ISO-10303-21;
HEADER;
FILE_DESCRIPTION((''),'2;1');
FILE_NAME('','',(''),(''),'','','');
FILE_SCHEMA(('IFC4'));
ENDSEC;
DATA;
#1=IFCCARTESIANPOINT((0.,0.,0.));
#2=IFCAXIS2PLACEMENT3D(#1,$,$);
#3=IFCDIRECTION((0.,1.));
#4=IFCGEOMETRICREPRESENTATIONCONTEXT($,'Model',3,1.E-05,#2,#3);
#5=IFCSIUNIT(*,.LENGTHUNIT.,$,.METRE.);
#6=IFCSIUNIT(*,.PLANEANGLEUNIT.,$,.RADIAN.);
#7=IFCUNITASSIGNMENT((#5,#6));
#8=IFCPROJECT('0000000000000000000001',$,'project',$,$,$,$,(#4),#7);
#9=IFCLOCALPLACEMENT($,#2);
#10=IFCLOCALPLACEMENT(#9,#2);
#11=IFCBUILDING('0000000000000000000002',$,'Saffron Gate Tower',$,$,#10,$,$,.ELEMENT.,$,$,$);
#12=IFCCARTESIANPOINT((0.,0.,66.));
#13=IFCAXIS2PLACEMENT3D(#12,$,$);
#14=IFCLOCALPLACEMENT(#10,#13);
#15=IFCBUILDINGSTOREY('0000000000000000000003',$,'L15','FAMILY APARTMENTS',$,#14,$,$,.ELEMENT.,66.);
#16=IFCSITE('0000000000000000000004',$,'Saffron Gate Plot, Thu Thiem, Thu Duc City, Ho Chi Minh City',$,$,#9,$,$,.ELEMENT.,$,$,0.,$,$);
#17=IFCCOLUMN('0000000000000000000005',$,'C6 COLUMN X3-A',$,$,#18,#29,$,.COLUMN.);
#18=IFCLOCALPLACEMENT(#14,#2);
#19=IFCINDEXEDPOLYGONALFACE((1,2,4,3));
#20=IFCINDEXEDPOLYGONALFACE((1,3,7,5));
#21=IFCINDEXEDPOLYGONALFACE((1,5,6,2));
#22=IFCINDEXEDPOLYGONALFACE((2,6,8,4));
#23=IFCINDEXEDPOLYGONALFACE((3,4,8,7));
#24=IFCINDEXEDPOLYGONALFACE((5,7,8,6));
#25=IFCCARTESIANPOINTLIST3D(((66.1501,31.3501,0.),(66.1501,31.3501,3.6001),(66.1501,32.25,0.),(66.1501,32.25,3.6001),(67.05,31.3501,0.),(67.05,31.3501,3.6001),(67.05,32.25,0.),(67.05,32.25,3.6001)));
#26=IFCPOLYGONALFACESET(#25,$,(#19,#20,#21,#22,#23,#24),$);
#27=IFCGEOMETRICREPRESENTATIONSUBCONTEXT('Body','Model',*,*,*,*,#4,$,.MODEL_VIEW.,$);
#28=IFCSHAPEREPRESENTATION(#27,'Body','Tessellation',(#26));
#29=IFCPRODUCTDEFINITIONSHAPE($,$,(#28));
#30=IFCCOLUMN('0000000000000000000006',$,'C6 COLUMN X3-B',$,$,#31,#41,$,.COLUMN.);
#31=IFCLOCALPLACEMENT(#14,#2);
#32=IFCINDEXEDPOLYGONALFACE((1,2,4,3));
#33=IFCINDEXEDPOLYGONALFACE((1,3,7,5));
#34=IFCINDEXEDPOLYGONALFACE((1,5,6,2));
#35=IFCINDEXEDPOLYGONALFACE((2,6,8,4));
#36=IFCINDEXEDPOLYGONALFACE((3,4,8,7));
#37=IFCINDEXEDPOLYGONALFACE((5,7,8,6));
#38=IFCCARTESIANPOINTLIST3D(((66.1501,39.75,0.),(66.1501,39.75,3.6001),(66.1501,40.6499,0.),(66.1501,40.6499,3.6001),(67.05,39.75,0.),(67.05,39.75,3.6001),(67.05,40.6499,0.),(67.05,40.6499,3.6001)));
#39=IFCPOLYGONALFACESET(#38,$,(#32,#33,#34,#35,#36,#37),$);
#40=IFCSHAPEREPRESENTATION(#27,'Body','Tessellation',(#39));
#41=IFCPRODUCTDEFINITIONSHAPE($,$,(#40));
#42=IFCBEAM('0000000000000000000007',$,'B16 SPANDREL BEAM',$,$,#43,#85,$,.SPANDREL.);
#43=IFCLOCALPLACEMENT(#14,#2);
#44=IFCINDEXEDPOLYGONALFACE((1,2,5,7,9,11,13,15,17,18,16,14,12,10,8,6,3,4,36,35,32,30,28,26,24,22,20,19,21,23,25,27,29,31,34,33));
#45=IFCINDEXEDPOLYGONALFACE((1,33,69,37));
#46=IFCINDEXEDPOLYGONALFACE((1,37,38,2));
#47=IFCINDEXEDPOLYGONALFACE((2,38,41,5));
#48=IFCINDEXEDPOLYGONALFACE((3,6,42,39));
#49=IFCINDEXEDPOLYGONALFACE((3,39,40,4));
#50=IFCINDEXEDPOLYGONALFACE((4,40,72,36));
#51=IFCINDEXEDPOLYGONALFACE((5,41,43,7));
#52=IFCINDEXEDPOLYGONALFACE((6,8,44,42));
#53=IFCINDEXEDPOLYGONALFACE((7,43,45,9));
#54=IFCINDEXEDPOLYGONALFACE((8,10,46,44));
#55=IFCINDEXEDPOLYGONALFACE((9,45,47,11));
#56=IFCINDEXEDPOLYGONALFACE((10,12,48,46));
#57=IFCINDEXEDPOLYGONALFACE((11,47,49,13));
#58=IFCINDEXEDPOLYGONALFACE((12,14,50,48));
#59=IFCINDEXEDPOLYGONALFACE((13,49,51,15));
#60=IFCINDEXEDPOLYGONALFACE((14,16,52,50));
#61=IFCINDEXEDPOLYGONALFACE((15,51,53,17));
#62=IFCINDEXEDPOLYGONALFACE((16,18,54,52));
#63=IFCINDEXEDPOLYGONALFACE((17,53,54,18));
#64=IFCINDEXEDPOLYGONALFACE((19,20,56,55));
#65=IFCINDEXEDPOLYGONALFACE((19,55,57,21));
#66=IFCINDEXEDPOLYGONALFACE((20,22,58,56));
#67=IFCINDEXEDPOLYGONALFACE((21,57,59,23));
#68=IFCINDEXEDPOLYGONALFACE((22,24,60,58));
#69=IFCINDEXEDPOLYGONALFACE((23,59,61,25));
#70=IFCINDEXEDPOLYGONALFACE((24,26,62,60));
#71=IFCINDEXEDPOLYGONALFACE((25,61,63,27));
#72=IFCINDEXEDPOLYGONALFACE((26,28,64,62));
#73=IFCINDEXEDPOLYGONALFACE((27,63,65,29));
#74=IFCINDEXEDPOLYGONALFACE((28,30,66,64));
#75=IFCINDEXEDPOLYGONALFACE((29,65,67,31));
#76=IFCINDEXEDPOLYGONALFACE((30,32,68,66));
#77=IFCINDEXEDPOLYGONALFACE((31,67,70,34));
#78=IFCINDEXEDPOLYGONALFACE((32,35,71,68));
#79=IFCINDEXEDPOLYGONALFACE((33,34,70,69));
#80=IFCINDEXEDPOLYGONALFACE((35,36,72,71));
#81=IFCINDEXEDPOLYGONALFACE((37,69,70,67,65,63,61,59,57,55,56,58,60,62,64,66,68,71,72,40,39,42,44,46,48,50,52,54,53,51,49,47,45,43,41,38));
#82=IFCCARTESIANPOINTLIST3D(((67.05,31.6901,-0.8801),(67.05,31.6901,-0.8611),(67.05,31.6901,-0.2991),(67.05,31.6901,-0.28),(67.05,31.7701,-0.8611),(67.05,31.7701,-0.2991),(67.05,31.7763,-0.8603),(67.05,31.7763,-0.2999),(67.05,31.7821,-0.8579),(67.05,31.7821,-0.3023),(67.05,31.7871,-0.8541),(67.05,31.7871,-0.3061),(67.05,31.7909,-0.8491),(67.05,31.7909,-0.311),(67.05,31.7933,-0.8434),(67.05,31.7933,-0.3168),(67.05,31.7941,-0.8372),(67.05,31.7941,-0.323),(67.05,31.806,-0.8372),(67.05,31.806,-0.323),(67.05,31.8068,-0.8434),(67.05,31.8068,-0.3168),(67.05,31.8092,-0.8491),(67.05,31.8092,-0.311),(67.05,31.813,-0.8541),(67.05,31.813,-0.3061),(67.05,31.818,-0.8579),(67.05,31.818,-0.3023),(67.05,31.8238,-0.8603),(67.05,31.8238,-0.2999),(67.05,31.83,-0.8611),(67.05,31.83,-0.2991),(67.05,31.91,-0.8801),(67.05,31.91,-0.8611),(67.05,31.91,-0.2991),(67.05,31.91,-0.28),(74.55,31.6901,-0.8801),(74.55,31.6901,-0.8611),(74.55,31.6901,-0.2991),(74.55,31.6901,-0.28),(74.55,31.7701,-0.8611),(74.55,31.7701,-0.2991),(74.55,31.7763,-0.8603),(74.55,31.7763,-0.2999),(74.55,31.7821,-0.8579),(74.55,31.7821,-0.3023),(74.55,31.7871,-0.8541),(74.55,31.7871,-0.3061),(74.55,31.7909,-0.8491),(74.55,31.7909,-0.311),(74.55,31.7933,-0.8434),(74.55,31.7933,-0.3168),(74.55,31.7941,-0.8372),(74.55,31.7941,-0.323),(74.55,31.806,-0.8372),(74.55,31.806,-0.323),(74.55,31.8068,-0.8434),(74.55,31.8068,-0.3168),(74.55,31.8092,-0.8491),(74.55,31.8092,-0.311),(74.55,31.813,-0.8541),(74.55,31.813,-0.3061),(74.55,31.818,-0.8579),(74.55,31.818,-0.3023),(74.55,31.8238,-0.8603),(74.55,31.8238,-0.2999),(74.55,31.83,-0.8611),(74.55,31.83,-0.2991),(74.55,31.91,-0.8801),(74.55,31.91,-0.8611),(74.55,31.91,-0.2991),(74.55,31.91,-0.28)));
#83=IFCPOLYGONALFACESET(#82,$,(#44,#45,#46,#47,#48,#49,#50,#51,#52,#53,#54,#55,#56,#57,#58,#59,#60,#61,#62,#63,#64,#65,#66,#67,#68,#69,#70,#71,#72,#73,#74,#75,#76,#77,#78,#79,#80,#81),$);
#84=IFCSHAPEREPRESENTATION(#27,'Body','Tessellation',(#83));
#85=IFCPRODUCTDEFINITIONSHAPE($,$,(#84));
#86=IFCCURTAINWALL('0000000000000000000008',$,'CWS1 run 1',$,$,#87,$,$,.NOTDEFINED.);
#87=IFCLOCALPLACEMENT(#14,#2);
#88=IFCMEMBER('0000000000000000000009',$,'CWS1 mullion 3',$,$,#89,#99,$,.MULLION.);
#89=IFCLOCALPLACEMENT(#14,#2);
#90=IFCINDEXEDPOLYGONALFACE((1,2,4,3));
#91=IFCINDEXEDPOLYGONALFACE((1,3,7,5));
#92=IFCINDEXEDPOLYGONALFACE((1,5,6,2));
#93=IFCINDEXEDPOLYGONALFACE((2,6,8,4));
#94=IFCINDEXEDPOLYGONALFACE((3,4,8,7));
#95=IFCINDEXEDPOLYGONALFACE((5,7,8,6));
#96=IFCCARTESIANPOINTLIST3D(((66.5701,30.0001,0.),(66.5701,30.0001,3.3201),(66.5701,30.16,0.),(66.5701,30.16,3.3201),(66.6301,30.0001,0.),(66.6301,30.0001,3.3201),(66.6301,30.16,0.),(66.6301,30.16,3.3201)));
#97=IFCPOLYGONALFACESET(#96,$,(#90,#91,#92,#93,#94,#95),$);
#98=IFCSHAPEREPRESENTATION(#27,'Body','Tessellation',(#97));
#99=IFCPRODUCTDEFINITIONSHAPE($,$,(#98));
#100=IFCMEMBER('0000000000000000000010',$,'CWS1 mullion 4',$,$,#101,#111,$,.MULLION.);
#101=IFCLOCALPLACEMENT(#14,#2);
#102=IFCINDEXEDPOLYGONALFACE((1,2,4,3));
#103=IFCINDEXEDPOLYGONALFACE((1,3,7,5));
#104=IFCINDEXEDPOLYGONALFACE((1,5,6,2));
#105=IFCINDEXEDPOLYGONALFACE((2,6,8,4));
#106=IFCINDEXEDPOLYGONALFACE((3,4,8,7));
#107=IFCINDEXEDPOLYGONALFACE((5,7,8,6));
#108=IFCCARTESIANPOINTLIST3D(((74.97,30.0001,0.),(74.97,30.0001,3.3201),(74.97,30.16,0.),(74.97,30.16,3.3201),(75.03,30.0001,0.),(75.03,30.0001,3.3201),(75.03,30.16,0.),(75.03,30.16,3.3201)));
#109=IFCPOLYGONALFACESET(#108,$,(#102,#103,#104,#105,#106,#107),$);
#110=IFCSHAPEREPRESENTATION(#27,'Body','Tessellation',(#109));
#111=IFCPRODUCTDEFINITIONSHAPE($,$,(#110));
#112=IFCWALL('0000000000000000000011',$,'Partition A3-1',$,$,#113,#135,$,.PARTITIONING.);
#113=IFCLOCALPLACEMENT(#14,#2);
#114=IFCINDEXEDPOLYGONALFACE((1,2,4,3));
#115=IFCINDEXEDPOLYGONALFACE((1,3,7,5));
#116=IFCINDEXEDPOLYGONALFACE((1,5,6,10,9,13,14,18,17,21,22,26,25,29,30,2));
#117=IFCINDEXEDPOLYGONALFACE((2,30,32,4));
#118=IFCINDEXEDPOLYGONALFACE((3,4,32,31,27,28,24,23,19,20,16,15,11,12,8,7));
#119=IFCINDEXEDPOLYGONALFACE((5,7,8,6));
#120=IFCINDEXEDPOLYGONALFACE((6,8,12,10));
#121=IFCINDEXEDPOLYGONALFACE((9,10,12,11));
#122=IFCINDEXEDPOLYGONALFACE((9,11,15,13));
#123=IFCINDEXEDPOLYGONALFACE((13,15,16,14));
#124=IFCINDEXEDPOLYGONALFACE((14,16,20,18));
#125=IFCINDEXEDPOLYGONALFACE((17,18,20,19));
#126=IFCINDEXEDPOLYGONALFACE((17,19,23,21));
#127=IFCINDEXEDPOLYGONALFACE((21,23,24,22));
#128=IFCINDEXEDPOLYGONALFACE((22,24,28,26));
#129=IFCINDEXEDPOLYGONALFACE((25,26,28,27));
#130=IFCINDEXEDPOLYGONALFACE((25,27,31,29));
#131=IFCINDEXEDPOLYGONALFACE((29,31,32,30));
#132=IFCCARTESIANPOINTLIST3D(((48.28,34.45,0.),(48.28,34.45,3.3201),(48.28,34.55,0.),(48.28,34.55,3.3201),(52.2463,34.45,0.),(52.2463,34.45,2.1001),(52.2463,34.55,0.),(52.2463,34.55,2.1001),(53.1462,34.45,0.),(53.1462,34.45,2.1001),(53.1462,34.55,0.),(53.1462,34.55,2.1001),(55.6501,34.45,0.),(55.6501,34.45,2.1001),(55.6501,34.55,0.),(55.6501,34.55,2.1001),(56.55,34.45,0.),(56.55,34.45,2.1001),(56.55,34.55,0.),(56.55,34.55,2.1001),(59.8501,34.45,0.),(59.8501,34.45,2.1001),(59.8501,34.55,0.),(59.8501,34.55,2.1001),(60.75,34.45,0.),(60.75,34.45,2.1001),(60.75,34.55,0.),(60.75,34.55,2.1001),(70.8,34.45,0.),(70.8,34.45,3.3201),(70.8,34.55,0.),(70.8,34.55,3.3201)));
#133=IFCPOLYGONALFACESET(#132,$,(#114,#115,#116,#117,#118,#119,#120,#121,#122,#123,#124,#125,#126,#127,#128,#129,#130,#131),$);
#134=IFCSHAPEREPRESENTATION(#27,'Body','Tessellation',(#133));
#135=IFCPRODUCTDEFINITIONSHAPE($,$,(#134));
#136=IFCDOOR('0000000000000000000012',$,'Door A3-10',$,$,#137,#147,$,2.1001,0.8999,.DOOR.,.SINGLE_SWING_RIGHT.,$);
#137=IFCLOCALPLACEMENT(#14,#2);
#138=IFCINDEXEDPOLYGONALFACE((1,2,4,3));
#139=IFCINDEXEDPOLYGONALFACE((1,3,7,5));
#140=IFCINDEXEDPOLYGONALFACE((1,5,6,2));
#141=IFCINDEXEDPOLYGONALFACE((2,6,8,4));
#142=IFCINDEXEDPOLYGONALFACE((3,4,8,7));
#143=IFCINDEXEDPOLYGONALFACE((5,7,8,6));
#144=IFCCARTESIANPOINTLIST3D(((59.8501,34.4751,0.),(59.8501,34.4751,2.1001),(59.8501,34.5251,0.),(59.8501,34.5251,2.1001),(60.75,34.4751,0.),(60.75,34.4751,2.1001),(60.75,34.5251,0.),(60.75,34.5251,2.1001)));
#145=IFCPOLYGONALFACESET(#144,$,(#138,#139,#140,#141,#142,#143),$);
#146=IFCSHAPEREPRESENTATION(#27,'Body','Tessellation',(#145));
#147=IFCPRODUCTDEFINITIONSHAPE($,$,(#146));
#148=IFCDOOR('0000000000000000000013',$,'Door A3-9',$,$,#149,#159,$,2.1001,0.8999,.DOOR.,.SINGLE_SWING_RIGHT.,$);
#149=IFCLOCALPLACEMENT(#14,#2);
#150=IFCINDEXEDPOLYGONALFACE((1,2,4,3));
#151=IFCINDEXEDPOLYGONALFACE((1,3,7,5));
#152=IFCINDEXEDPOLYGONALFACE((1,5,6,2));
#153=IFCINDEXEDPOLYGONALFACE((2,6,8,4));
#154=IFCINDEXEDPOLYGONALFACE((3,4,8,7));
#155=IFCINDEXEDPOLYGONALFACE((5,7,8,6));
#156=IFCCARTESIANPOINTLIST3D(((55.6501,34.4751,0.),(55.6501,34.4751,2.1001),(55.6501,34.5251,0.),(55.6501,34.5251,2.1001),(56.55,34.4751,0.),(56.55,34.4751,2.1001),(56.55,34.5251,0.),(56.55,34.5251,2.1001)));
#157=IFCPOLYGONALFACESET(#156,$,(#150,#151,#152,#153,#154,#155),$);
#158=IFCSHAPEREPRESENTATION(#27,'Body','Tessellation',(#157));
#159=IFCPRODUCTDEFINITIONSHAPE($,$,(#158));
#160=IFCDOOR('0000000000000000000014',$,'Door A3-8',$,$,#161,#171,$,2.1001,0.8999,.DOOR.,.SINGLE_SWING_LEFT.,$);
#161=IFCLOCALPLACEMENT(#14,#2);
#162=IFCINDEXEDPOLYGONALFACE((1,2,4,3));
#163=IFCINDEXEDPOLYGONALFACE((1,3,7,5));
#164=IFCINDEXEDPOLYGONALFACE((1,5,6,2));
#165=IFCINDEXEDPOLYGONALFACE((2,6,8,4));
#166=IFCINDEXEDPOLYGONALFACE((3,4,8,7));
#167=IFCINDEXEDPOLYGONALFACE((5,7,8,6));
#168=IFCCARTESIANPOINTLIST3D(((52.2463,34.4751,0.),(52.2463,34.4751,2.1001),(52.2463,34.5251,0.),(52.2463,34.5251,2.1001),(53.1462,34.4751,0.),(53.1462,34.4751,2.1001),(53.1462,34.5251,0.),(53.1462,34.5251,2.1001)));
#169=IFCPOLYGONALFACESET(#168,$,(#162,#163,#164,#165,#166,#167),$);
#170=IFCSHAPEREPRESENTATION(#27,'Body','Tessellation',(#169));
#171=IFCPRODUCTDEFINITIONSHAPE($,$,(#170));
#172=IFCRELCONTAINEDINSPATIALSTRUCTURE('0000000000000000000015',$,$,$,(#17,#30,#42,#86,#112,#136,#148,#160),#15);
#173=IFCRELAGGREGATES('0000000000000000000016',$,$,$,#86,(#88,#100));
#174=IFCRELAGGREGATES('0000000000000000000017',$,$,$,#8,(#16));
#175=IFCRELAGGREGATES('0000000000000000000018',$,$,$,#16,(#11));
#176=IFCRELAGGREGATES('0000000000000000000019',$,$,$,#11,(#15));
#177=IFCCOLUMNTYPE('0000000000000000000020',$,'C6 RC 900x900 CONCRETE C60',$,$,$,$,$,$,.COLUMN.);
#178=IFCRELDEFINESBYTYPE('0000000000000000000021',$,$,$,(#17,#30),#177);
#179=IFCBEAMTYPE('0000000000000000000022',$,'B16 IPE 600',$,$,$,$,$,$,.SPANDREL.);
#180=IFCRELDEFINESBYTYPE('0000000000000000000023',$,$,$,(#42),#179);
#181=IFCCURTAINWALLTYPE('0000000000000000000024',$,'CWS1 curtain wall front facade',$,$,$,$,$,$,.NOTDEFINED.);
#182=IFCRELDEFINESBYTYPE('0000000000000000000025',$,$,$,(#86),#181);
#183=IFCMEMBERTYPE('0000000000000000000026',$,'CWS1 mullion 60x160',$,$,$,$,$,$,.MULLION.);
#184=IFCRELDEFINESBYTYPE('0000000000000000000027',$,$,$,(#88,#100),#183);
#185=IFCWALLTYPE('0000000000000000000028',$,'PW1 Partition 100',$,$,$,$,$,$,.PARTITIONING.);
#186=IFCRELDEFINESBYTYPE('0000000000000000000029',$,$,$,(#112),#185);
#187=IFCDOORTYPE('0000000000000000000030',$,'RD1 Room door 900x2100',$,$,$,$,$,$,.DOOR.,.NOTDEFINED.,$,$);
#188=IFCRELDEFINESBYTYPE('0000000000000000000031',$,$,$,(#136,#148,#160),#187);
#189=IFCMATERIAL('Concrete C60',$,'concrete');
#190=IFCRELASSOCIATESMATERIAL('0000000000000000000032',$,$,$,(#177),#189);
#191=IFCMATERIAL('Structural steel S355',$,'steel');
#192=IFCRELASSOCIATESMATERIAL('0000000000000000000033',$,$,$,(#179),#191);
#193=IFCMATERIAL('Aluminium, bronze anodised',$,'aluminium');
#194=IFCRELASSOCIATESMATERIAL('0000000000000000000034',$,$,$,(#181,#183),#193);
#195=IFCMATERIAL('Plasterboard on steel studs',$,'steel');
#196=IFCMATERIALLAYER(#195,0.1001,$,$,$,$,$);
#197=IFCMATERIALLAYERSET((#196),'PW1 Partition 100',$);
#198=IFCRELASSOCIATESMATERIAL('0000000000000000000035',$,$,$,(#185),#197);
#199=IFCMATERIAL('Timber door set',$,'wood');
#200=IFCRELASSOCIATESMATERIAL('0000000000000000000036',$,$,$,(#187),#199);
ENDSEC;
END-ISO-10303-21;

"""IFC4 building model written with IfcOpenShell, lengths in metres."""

from ifc_helpers import new_model, si_unit, direction, frame, frame_2d, origin, origin_2d, place, context, subcontext, project, spatial, rectangle, i_section, extrude, material, layer, layer_set, material_profile, profile_set, type_object, element, fill, aggregate, save


model = new_model("IFC4")

# Units and contexts
model_context = context("Model", 3, precision=1e-05, world=origin(), true_north=direction((0.0, 1.0)))
body_context = subcontext(model_context, "Body", "Model", "MODEL_VIEW")
ifc_project = project(units=[si_unit("LENGTHUNIT", "METRE"), si_unit("PLANEANGLEUNIT", "RADIAN")], contexts=[model_context])

# Site, building, storey
site_placement = place(None, origin())
site = spatial("IfcSite", under=ifc_project, at=site_placement, Name="Saffron Gate Plot, Thu Thiem, Thu Duc City, Ho Chi Minh City", CompositionType="ELEMENT", RefElevation=0.0)
building_placement = place(site_placement, origin())
building = spatial("IfcBuilding", under=site, at=building_placement, Name="Saffron Gate Tower", CompositionType="ELEMENT")
storey_placement = place(building_placement, frame((0.0, 0.0, 66.0)))
storey = spatial("IfcBuildingStorey", under=building, at=storey_placement, Name="L15", Description="FAMILY APARTMENTS", CompositionType="ELEMENT", Elevation=66.0)

# Columns
ifc_material_1 = material(Name="Concrete C60", Category="concrete")
ifc_material_profile_1 = material_profile(ifc_material_1, rectangle(XDim=0.8999, YDim=0.8999, at=origin_2d()))
ifc_profile_set_1 = profile_set([ifc_material_profile_1], Name="Concrete C60")
column_type = type_object("IfcColumnType", Name="C6 RC 900x900 CONCRETE C60", PredefinedType="COLUMN", material=ifc_profile_set_1)
for number, where, z_axis, x_axis, name in (
    (1, (66.6001, 31.8, 0.0), (0.0, 0.0, 1.0), (1.0, 0.0, 0.0), "C6 COLUMN X3-A"),
    (2, (66.6001, 40.2, 0.0), (0.0, 0.0, 1.0), (1.0, 0.0, 0.0), "C6 COLUMN X3-B"),
):
    element("IfcColumn", number, at=place(storey_placement, frame(where, z_axis=z_axis, x_axis=x_axis)), inside=storey, type_object=column_type, Name=name, PredefinedType="COLUMN", context=body_context, shape_type="SweptSolid", body=[
        extrude(rectangle(XDim=0.8999, YDim=0.8999, at=origin_2d()), origin(), (0.0, 0.0, 1.0), 3.6001),
    ])

# Beam
ifc_material_2 = material(Name="Structural steel S355", Category="steel")
ifc_material_profile_2 = material_profile(ifc_material_2, i_section(OverallWidth=0.22, OverallDepth=0.6001, WebThickness=0.012, FlangeThickness=0.019, FilletRadius=0.0239, at=origin_2d()))
ifc_profile_set_2 = profile_set([ifc_material_profile_2], Name="Structural steel S355")
beam_type = type_object("IfcBeamType", Name="B16 IPE 600", PredefinedType="SPANDREL", material=ifc_profile_set_2)
beam_placement = place(storey_placement, frame((67.05, 31.8, -0.5801), z_axis=(1.0, 0.0, 0.0), x_axis=(0.0, 1.0, 0.0)))
element("IfcBeam", 3, at=beam_placement, inside=storey, type_object=beam_type, Name="B16 SPANDREL BEAM", PredefinedType="SPANDREL", context=body_context, shape_type="SweptSolid", body=[
    extrude(i_section(OverallWidth=0.22, OverallDepth=0.6001, WebThickness=0.012, FlangeThickness=0.019, FilletRadius=0.0239, at=origin_2d()), origin(), (0.0, 0.0, 1.0), 7.5),
])

# Curtain wall, members
ifc_material_3 = material(Name="Aluminium, bronze anodised", Category="aluminium")
curtain_wall_type = type_object("IfcCurtainWallType", Name="CWS1 curtain wall front facade", PredefinedType="NOTDEFINED", material=ifc_material_3)
curtain_wall_placement = place(storey_placement, origin())
curtain_wall = element("IfcCurtainWall", 4, at=curtain_wall_placement, inside=storey, type_object=curtain_wall_type, Name="CWS1 run 1", PredefinedType="NOTDEFINED")
ifc_material_profile_3 = material_profile(ifc_material_3, rectangle(XDim=0.1599, YDim=0.0601, at=origin_2d()))
ifc_profile_set_3 = profile_set([ifc_material_profile_3], Name="Aluminium, bronze anodised")
member_type = type_object("IfcMemberType", Name="CWS1 mullion 60x160", PredefinedType="MULLION", material=ifc_profile_set_3)
member_1_placement = place(storey_placement, frame((66.6001, 30.0801, 0.0), z_axis=(0.0, 0.0, 1.0), x_axis=(0.0, 1.0, 0.0)))
member_1 = element("IfcMember", 5, at=member_1_placement, type_object=member_type, Name="CWS1 mullion 3", PredefinedType="MULLION", context=body_context, shape_type="SweptSolid", body=[
    extrude(rectangle(XDim=0.1599, YDim=0.0601, at=origin_2d()), origin(), (0.0, 0.0, 1.0), 3.3201),
])
member_2_placement = place(storey_placement, frame((75.0, 30.0801, 0.0), z_axis=(0.0, 0.0, 1.0), x_axis=(0.0, 1.0, 0.0)))
member_2 = element("IfcMember", 6, at=member_2_placement, type_object=member_type, Name="CWS1 mullion 4", PredefinedType="MULLION", context=body_context, shape_type="SweptSolid", body=[
    extrude(rectangle(XDim=0.1599, YDim=0.0601, at=origin_2d()), origin(), (0.0, 0.0, 1.0), 3.3201),
])
aggregate(curtain_wall, [member_1, member_2])

# Wall, openings, doors
ifc_material_4 = material(Name="Plasterboard on steel studs", Category="steel")
ifc_layer_1 = layer(ifc_material_4, 0.1001)
ifc_layer_set_1 = layer_set([ifc_layer_1], Name="PW1 Partition 100")
wall_type_1 = type_object("IfcWallType", Name="PW1 Partition 100", PredefinedType="PARTITIONING", material=ifc_layer_set_1)
wall_1_placement = place(storey_placement, frame((70.8, 34.5, 0.0), z_axis=(0.0, 0.0, 1.0), x_axis=(-1.0, 0.0, 0.0)))
wall_1 = element("IfcWall", 7, at=wall_1_placement, inside=storey, type_object=wall_type_1, Name="Partition A3-1", PredefinedType="PARTITIONING", context=body_context, shape_type="SweptSolid", body=[
    extrude(rectangle(XDim=22.52, YDim=0.1001, at=frame_2d((11.26, 0.0))), origin(), (0.0, 0.0, 1.0), 3.3201),
])
opening_1_placement = place(wall_1_placement, frame((10.05, 0.0, 0.0)))
opening_1 = element("IfcOpeningElement", 8, at=opening_1_placement, cuts=wall_1, PredefinedType="OPENING", context=body_context, shape_type="SweptSolid", body=[
    extrude(rectangle(XDim=0.8999, YDim=2.1001, at=frame_2d((0.45, 1.05))), frame((0.0, 0.0601, 0.0), z_axis=(0.0, -1.0, 0.0), x_axis=(1.0, 0.0, 0.0)), (0.0, 0.0, 1.0), 0.1201),
])
opening_2_placement = place(wall_1_placement, frame((14.25, 0.0, 0.0)))
opening_2 = element("IfcOpeningElement", 9, at=opening_2_placement, cuts=wall_1, PredefinedType="OPENING", context=body_context, shape_type="SweptSolid", body=[
    extrude(rectangle(XDim=0.8999, YDim=2.1001, at=frame_2d((0.45, 1.05))), frame((0.0, 0.0601, 0.0), z_axis=(0.0, -1.0, 0.0), x_axis=(1.0, 0.0, 0.0)), (0.0, 0.0, 1.0), 0.1201),
])
opening_3_placement = place(wall_1_placement, frame((17.6538, 0.0, 0.0)))
opening_3 = element("IfcOpeningElement", 10, at=opening_3_placement, cuts=wall_1, PredefinedType="OPENING", context=body_context, shape_type="SweptSolid", body=[
    extrude(rectangle(XDim=0.8999, YDim=2.1001, at=frame_2d((0.45, 1.05))), frame((0.0, 0.0601, 0.0), z_axis=(0.0, -1.0, 0.0), x_axis=(1.0, 0.0, 0.0)), (0.0, 0.0, 1.0), 0.1201),
])
ifc_material_5 = material(Name="Timber door set", Category="wood")
door_type_1 = type_object("IfcDoorType", Name="RD1 Room door 900x2100", OperationType="NOTDEFINED", PredefinedType="DOOR", material=ifc_material_5)
door_1_placement = place(opening_1_placement, origin())
door_1 = element("IfcDoor", 11, at=door_1_placement, inside=storey, type_object=door_type_1, Name="Door A3-10", OperationType="SINGLE_SWING_RIGHT", OverallHeight=2.1001, OverallWidth=0.8999, PredefinedType="DOOR", context=body_context, shape_type="SweptSolid", body=[
    extrude(rectangle(XDim=0.8999, YDim=2.1001, at=frame_2d((0.45, 1.05))), frame((0.0, 0.0249, 0.0), z_axis=(0.0, -1.0, 0.0), x_axis=(1.0, 0.0, 0.0)), (0.0, 0.0, 1.0), 0.05),
])
fill(opening_1, door_1)
door_2_placement = place(opening_2_placement, origin())
door_2 = element("IfcDoor", 12, at=door_2_placement, inside=storey, type_object=door_type_1, Name="Door A3-9", OperationType="SINGLE_SWING_RIGHT", OverallHeight=2.1001, OverallWidth=0.8999, PredefinedType="DOOR", context=body_context, shape_type="SweptSolid", body=[
    extrude(rectangle(XDim=0.8999, YDim=2.1001, at=frame_2d((0.45, 1.05))), frame((0.0, 0.0249, 0.0), z_axis=(0.0, -1.0, 0.0), x_axis=(1.0, 0.0, 0.0)), (0.0, 0.0, 1.0), 0.05),
])
fill(opening_2, door_2)
door_3_placement = place(opening_3_placement, origin())
door_3 = element("IfcDoor", 13, at=door_3_placement, inside=storey, type_object=door_type_1, Name="Door A3-8", OperationType="SINGLE_SWING_LEFT", OverallHeight=2.1001, OverallWidth=0.8999, PredefinedType="DOOR", context=body_context, shape_type="SweptSolid", body=[
    extrude(rectangle(XDim=0.8999, YDim=2.1001, at=frame_2d((0.45, 1.05))), frame((0.0, 0.0249, 0.0), z_axis=(0.0, -1.0, 0.0), x_axis=(1.0, 0.0, 0.0)), (0.0, 0.0, 1.0), 0.05),
])
fill(opening_3, door_3)

save(model, "model.ifc")
